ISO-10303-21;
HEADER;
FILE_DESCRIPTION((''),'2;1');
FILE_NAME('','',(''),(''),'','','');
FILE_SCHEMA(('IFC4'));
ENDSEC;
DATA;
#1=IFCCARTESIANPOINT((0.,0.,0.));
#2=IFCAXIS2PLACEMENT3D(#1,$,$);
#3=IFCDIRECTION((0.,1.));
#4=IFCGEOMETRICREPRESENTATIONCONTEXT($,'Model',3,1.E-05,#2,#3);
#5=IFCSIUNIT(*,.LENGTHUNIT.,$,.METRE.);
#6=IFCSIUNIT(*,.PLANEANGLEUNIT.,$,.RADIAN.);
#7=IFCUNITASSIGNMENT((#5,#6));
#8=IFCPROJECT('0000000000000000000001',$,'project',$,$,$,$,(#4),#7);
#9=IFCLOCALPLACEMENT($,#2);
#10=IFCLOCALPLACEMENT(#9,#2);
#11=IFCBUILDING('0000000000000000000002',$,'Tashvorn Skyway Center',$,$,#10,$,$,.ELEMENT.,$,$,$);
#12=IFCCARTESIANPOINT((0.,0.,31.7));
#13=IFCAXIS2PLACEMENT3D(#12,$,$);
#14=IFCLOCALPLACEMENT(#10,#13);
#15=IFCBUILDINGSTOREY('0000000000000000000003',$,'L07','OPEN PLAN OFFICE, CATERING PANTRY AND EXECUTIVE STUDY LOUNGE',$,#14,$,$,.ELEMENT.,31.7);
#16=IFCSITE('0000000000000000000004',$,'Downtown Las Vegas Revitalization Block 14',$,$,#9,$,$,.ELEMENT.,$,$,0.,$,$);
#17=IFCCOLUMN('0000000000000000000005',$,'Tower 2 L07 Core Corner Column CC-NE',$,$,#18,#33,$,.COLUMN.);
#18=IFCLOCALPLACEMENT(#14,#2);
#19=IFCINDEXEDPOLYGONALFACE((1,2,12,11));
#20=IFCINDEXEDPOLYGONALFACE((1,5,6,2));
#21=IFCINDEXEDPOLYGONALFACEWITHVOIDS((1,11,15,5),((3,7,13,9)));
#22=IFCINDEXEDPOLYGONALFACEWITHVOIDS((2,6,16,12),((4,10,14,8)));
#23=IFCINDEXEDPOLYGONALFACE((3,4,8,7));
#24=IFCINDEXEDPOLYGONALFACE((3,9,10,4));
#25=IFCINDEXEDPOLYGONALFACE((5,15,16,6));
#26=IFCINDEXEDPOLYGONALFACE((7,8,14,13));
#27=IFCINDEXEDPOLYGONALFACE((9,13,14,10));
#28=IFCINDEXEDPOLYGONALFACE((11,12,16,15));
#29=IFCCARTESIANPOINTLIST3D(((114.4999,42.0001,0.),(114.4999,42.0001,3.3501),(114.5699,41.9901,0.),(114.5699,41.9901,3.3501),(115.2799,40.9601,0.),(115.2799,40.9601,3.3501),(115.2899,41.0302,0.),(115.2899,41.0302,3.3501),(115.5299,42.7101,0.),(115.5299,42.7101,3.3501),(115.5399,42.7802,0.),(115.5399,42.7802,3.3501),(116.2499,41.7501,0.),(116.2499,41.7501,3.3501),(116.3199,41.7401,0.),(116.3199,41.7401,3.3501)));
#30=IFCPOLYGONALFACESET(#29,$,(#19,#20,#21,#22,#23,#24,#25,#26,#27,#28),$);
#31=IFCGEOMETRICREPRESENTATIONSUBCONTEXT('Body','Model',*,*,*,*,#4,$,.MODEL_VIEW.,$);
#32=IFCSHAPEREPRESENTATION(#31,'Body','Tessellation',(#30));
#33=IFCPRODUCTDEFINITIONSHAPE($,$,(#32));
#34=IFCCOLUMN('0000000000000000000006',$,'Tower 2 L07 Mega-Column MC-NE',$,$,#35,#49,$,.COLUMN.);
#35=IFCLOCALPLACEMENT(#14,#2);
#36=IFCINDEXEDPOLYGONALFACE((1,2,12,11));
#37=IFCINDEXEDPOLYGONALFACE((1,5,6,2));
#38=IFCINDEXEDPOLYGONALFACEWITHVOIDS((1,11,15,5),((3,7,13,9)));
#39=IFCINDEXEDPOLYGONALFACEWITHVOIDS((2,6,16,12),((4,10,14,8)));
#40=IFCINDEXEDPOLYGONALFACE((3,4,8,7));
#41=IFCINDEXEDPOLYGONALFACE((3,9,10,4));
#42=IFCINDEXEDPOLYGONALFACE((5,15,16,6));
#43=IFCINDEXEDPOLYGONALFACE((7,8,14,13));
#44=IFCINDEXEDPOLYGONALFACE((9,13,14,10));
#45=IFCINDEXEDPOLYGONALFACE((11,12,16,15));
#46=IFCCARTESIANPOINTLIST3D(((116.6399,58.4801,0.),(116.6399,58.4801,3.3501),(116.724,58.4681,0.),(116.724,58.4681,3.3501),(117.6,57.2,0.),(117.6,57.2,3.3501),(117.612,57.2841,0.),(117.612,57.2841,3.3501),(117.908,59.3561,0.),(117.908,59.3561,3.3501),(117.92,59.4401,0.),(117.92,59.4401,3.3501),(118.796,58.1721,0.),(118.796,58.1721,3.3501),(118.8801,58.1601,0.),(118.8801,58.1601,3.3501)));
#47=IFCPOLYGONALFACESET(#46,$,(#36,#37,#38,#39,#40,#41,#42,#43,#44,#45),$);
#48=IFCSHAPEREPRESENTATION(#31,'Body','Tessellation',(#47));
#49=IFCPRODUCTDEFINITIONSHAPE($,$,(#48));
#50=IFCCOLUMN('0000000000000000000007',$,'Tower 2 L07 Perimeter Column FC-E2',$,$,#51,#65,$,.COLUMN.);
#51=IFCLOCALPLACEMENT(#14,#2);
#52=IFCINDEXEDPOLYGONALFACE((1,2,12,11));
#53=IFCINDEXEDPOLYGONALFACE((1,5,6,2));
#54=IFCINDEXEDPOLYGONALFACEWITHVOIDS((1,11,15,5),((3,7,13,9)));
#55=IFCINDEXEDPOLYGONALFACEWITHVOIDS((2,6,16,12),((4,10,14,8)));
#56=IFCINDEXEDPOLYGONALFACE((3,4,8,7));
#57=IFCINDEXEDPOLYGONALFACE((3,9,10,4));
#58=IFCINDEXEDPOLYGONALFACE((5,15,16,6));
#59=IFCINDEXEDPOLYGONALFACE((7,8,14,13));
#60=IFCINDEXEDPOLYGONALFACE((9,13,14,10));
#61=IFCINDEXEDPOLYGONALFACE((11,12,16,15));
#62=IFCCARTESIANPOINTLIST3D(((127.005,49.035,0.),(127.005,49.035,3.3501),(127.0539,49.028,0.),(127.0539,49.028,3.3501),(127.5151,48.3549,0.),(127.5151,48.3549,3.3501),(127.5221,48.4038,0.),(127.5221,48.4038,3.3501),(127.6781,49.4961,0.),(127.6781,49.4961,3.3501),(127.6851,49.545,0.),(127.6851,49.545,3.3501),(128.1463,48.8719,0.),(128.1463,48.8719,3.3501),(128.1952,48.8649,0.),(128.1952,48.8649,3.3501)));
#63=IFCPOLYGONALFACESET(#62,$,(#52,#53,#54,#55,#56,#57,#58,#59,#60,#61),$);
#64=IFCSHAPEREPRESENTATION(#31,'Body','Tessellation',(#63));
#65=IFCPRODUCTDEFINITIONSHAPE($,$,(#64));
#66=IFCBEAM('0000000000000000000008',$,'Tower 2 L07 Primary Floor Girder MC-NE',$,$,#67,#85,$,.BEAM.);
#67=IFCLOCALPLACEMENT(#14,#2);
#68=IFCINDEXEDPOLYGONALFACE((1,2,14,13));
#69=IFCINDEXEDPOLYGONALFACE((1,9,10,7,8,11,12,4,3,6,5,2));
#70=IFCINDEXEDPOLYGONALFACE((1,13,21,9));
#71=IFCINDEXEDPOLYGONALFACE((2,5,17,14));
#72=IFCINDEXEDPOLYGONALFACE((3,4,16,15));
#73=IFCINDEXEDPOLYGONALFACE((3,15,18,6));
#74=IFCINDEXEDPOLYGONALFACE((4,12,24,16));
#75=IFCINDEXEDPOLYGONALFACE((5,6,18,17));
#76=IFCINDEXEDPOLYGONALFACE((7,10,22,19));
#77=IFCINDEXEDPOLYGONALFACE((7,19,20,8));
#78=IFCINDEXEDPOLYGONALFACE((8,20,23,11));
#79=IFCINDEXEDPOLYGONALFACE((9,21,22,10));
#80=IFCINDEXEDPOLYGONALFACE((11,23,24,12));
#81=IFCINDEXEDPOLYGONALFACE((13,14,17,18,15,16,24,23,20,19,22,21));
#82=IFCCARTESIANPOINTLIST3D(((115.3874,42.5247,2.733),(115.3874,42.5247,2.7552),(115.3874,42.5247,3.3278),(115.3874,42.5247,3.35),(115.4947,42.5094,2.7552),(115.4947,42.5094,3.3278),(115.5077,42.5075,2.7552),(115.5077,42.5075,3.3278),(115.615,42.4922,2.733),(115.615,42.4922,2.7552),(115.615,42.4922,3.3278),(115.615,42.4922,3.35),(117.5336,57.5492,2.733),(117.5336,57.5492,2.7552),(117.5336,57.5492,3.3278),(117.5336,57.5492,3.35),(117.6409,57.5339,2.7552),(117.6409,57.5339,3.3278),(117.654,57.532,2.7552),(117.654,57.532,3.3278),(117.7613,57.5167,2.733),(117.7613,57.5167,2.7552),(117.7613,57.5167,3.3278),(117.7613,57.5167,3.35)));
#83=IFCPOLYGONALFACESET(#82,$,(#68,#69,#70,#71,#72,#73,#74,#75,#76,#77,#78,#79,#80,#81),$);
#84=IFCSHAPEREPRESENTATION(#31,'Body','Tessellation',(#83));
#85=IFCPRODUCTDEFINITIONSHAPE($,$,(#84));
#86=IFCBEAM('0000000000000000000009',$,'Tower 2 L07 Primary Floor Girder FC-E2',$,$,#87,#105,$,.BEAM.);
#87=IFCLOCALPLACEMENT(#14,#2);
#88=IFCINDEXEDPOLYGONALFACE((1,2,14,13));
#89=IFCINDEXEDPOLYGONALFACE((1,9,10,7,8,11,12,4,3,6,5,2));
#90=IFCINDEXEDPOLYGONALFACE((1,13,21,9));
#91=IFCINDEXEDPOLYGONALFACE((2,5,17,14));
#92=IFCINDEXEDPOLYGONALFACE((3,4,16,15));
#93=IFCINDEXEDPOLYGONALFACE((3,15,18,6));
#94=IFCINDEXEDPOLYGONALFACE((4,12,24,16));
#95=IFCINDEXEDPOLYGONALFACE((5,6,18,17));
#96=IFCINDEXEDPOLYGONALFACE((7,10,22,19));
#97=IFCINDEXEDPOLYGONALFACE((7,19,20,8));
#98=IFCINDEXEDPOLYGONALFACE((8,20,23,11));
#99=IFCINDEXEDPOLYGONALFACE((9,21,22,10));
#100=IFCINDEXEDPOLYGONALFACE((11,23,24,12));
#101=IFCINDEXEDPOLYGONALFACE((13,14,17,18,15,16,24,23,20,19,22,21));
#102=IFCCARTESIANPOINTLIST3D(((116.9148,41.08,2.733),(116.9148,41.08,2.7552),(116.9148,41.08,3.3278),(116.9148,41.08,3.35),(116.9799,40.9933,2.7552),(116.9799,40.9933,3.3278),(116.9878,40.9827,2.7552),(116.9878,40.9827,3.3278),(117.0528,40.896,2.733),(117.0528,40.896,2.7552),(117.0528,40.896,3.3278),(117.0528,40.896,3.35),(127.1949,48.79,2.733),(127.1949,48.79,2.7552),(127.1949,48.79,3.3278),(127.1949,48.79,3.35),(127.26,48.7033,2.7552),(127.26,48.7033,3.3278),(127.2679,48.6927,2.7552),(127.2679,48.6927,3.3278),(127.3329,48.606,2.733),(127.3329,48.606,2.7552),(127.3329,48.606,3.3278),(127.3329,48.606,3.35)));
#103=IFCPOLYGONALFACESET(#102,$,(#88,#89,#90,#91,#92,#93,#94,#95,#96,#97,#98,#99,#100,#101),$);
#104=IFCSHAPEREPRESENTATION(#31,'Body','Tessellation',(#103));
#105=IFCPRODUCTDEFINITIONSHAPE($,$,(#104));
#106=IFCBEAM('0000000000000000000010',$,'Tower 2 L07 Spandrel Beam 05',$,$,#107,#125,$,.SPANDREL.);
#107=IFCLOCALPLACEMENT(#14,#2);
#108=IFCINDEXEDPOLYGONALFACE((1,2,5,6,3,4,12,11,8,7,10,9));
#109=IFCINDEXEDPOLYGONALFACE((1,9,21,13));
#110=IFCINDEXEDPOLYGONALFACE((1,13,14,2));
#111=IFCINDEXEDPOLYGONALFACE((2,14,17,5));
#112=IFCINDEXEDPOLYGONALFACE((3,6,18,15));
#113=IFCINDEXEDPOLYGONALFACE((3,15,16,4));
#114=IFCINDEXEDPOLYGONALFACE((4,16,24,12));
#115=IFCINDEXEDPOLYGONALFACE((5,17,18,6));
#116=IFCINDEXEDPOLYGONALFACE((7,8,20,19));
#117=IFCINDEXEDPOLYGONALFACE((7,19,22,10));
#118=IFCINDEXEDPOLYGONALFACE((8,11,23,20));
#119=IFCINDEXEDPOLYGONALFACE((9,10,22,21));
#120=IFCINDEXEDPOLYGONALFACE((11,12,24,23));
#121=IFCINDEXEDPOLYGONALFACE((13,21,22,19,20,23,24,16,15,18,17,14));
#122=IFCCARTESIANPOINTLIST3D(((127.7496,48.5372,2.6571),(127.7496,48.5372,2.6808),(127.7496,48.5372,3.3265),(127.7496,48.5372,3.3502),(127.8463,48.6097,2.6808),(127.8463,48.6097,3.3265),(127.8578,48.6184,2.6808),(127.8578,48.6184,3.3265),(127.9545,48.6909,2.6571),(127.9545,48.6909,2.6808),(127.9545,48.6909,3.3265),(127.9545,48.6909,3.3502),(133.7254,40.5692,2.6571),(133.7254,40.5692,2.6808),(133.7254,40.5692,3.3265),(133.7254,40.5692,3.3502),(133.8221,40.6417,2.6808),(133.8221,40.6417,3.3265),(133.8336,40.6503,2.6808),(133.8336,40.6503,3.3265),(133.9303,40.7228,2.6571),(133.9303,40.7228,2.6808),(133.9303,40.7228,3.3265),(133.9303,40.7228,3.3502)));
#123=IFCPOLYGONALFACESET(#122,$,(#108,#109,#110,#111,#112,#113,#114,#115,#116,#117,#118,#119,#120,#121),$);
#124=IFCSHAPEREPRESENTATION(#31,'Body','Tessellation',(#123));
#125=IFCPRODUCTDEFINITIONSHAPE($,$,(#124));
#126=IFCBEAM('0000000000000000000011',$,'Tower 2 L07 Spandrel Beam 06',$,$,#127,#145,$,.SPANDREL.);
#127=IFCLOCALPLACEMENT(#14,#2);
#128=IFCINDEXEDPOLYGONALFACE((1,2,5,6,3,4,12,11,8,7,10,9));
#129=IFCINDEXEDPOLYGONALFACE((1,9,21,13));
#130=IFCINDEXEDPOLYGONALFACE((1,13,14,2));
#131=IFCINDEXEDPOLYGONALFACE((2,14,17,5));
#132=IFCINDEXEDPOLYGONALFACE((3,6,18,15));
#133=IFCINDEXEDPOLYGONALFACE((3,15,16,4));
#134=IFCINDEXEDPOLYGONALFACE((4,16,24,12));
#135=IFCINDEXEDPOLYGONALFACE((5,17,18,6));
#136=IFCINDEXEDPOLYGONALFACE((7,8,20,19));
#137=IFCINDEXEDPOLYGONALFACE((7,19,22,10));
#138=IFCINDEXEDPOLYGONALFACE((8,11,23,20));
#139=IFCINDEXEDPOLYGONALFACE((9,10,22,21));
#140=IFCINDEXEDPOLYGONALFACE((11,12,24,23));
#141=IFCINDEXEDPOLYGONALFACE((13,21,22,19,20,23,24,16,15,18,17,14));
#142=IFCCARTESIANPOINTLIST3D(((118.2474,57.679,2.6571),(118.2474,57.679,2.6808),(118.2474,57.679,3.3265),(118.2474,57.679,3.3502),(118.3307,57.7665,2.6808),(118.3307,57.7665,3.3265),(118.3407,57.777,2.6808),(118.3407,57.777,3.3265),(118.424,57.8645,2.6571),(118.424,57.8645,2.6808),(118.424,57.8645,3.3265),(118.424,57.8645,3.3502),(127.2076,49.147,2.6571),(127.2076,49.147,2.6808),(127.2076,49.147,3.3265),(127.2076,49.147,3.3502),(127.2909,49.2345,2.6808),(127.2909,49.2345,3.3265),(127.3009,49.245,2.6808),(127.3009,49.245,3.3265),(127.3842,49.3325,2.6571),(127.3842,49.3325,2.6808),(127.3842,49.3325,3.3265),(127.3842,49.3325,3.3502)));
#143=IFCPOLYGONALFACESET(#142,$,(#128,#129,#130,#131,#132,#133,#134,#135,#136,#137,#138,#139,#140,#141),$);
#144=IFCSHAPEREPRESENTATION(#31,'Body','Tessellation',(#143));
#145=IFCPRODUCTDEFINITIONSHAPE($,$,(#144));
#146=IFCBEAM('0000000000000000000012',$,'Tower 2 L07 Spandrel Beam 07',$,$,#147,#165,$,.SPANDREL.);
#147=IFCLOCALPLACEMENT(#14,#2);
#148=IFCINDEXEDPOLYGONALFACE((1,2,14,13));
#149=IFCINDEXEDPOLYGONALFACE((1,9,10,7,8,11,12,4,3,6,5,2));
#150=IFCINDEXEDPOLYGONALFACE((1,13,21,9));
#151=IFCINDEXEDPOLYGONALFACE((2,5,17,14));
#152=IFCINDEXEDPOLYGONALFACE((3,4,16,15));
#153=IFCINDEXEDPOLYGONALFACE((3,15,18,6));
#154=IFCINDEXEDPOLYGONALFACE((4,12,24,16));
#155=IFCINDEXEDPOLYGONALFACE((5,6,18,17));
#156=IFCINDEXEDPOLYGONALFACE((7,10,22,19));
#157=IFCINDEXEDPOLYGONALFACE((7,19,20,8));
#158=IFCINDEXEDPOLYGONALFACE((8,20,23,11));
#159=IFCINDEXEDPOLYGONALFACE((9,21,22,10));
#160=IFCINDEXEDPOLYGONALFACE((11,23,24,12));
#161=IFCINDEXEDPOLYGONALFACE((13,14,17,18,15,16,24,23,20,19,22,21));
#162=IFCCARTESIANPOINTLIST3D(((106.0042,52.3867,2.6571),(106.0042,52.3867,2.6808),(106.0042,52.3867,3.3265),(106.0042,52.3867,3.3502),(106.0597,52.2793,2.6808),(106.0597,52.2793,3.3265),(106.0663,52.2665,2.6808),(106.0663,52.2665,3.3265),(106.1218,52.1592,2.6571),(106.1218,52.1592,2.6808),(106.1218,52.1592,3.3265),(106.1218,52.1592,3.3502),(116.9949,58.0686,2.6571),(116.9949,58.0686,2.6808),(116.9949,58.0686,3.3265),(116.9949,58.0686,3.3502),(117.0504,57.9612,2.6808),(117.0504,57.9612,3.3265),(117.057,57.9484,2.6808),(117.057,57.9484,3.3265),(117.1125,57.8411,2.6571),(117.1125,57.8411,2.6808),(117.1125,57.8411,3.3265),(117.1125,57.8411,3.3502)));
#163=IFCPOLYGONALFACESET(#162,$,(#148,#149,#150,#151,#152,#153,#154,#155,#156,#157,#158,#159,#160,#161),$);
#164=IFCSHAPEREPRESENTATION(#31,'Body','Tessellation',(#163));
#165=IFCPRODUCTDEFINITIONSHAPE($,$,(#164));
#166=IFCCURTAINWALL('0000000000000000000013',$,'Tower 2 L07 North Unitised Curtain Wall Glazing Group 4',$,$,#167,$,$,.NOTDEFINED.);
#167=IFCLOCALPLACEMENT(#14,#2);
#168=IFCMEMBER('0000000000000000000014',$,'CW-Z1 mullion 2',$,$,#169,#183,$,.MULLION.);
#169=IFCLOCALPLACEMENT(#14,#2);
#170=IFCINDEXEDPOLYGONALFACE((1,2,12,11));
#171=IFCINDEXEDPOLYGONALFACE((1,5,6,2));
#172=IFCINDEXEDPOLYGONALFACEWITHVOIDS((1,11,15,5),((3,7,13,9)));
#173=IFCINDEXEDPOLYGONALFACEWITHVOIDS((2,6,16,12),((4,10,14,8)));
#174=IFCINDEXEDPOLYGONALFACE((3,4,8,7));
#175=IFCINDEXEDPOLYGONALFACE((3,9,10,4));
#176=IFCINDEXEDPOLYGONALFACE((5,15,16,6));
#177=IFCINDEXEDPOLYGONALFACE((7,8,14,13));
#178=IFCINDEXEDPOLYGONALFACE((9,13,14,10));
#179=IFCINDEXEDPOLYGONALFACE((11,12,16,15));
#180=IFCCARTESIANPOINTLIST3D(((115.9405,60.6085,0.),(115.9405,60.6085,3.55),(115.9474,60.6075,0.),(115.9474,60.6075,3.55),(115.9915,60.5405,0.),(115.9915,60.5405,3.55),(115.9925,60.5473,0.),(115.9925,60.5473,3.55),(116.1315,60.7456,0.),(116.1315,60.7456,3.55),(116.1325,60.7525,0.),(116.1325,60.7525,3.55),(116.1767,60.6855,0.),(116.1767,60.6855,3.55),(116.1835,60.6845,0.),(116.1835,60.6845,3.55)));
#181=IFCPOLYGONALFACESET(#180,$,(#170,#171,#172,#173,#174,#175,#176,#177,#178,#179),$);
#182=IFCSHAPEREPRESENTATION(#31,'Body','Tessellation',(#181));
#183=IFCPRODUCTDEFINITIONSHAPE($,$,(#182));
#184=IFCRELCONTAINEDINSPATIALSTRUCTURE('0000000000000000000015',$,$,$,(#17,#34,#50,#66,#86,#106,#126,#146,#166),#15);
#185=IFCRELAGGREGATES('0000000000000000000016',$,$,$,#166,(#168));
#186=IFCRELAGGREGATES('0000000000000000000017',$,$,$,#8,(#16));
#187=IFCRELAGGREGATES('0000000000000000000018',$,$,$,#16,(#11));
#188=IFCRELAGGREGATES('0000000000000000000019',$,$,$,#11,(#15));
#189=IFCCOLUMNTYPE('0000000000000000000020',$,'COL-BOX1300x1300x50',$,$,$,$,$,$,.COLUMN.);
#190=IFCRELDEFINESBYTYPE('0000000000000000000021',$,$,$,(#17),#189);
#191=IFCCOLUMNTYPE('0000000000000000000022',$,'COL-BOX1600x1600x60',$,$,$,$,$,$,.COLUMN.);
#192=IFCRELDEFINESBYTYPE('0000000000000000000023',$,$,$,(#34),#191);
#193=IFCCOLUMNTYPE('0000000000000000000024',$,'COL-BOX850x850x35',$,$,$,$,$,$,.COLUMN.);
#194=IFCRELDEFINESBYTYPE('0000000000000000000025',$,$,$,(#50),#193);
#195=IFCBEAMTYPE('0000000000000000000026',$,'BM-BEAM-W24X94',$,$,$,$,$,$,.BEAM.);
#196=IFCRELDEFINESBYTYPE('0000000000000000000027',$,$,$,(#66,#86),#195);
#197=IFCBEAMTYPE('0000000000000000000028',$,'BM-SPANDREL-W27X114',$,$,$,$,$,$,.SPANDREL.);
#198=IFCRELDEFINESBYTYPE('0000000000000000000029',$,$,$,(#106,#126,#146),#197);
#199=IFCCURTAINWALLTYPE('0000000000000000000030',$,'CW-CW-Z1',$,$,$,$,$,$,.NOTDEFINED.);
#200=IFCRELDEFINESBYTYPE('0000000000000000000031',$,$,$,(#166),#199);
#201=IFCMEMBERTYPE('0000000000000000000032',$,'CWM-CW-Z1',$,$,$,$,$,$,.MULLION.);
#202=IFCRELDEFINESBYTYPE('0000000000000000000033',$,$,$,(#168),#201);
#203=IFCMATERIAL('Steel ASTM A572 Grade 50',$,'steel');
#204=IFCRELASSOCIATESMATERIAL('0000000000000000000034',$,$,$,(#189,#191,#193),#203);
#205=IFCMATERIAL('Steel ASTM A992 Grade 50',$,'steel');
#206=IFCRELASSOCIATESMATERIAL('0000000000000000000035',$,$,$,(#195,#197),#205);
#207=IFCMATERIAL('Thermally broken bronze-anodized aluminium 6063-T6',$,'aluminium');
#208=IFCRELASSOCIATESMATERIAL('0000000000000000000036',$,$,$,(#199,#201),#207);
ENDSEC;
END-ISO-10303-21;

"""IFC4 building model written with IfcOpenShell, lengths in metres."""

from ifc_helpers import new_model, si_unit, direction, frame, origin, origin_2d, place, context, subcontext, project, spatial, hollow_rectangle, i_section, extrude, material, material_profile, profile_set, type_object, element, aggregate, save


model = new_model("IFC4")

# Units and contexts
model_context = context("Model", 3, precision=1e-05, world=origin(), true_north=direction((0.0, 1.0)))
body_context = subcontext(model_context, "Body", "Model", "MODEL_VIEW")
ifc_project = project(units=[si_unit("LENGTHUNIT", "METRE"), si_unit("PLANEANGLEUNIT", "RADIAN")], contexts=[model_context])

# Site, building, storey
site_placement = place(None, origin())
site = spatial("IfcSite", under=ifc_project, at=site_placement, Name="Downtown Las Vegas Revitalization Block 14", CompositionType="ELEMENT", RefElevation=0.0)
building_placement = place(site_placement, origin())
building = spatial("IfcBuilding", under=site, at=building_placement, Name="Tashvorn Skyway Center", CompositionType="ELEMENT")
storey_placement = place(building_placement, frame((0.0, 0.0, 31.7)))
storey = spatial("IfcBuildingStorey", under=building, at=storey_placement, Name="L07", Description="OPEN PLAN OFFICE, CATERING PANTRY AND EXECUTIVE STUDY LOUNGE", CompositionType="ELEMENT", Elevation=31.7)

# Columns
ifc_material_1 = material(Name="Steel ASTM A572 Grade 50", Category="steel")
ifc_material_profile_1 = material_profile(ifc_material_1, hollow_rectangle(XDim=1.3, YDim=1.3, WallThickness=0.05, at=origin_2d()), Name="BOX1300x1300x50")
ifc_profile_set_1 = profile_set([ifc_material_profile_1], Name="Steel ASTM A572 Grade 50")
column_type_1 = type_object("IfcColumnType", Name="COL-BOX1300x1300x50", PredefinedType="COLUMN", material=ifc_profile_set_1)
column_1_placement = place(storey_placement, frame((115.4099, 41.8701, 0.0), z_axis=(0.0, 0.0, 1.0), x_axis=(0.8, 0.6, 0.0)))
element("IfcColumn", 1, at=column_1_placement, inside=storey, type_object=column_type_1, Name="Tower 2 L07 Core Corner Column CC-NE", PredefinedType="COLUMN", context=body_context, shape_type="SweptSolid", body=[
    extrude(hollow_rectangle(XDim=1.3, YDim=1.3, WallThickness=0.05, at=origin_2d()), origin(), (0.0, 0.0, 1.0), 3.3501),
])
ifc_material_profile_2 = material_profile(ifc_material_1, hollow_rectangle(XDim=1.6001, YDim=1.6001, WallThickness=0.0601, at=origin_2d()), Name="BOX1600x1600x60")
ifc_profile_set_2 = profile_set([ifc_material_profile_2], Name="Steel ASTM A572 Grade 50")
column_type_2 = type_object("IfcColumnType", Name="COL-BOX1600x1600x60", PredefinedType="COLUMN", material=ifc_profile_set_2)
column_2_placement = place(storey_placement, frame((117.76, 58.3201, 0.0), z_axis=(0.0, 0.0, 1.0), x_axis=(0.8, 0.6, 0.0)))
element("IfcColumn", 2, at=column_2_placement, inside=storey, type_object=column_type_2, Name="Tower 2 L07 Mega-Column MC-NE", PredefinedType="COLUMN", context=body_context, shape_type="SweptSolid", body=[
    extrude(hollow_rectangle(XDim=1.6001, YDim=1.6001, WallThickness=0.0601, at=origin_2d()), origin(), (0.0, 0.0, 1.0), 3.3501),
])
ifc_material_profile_3 = material_profile(ifc_material_1, hollow_rectangle(XDim=0.8501, YDim=0.8501, WallThickness=0.0349, at=origin_2d()), Name="BOX850x850x35")
ifc_profile_set_3 = profile_set([ifc_material_profile_3], Name="Steel ASTM A572 Grade 50")
column_type_3 = type_object("IfcColumnType", Name="COL-BOX850x850x35", PredefinedType="COLUMN", material=ifc_profile_set_3)
column_3_placement = place(storey_placement, frame((127.6001, 48.95, 0.0), z_axis=(0.0, 0.0, 1.0), x_axis=(0.8, 0.6, 0.0)))
element("IfcColumn", 3, at=column_3_placement, inside=storey, type_object=column_type_3, Name="Tower 2 L07 Perimeter Column FC-E2", PredefinedType="COLUMN", context=body_context, shape_type="SweptSolid", body=[
    extrude(hollow_rectangle(XDim=0.8501, YDim=0.8501, WallThickness=0.0349, at=origin_2d()), origin(), (0.0, 0.0, 1.0), 3.3501),
])

# Beams
ifc_material_2 = material(Name="Steel ASTM A992 Grade 50", Category="steel")
ifc_material_profile_4 = material_profile(ifc_material_2, i_section(OverallWidth=0.23, OverallDepth=0.6169, WebThickness=0.0132, FlangeThickness=0.0222, at=origin_2d()), Name="W24X94")
ifc_profile_set_4 = profile_set([ifc_material_profile_4], Name="Steel ASTM A992 Grade 50")
beam_type_1 = type_object("IfcBeamType", Name="BM-BEAM-W24X94", PredefinedType="BEAM", material=ifc_profile_set_4)
beam_1_placement = place(storey_placement, frame((117.6475, 57.533, 3.0415), z_axis=(-0.141415, -0.98995, 0.0), x_axis=(0.98995, -0.141415, 0.0)))
element("IfcBeam", 4, at=beam_1_placement, inside=storey, type_object=beam_type_1, Name="Tower 2 L07 Primary Floor Girder MC-NE", PredefinedType="BEAM", context=body_context, shape_type="SweptSolid", body=[
    extrude(i_section(OverallWidth=0.23, OverallDepth=0.6169, WebThickness=0.0132, FlangeThickness=0.0222, at=origin_2d()), origin(), (0.0, 0.0, 1.0), 15.177),
])
beam_2_placement = place(storey_placement, frame((127.2639, 48.698, 3.0415), z_axis=(-0.800002, -0.599997, 0.0), x_axis=(0.599997, -0.800002, 0.0)))
element("IfcBeam", 5, at=beam_2_placement, inside=storey, type_object=beam_type_1, Name="Tower 2 L07 Primary Floor Girder FC-E2", PredefinedType="BEAM", context=body_context, shape_type="SweptSolid", body=[
    extrude(i_section(OverallWidth=0.23, OverallDepth=0.6169, WebThickness=0.0132, FlangeThickness=0.0222, at=origin_2d()), origin(), (0.0, 0.0, 1.0), 12.8501),
])
ifc_material_profile_5 = material_profile(ifc_material_2, i_section(OverallWidth=0.2561, OverallDepth=0.6931, WebThickness=0.0144, FlangeThickness=0.0237, at=origin_2d()), Name="W27X114")
ifc_profile_set_5 = profile_set([ifc_material_profile_5], Name="Steel ASTM A992 Grade 50")
beam_type_2 = type_object("IfcBeamType", Name="BM-SPANDREL-W27X114", PredefinedType="SPANDREL", material=ifc_profile_set_5)
beam_3_placement = place(storey_placement, frame((133.8279, 40.646, 3.0037), z_axis=(-0.599988, 0.800009, 0.0), x_axis=(-0.800009, -0.599988, 0.0)))
element("IfcBeam", 6, at=beam_3_placement, inside=storey, type_object=beam_type_2, Name="Tower 2 L07 Spandrel Beam 05", PredefinedType="SPANDREL", context=body_context, shape_type="SweptSolid", body=[
    extrude(i_section(OverallWidth=0.2561, OverallDepth=0.6931, WebThickness=0.0144, FlangeThickness=0.0237, at=origin_2d()), origin(), (0.0, 0.0, 1.0), 9.96),
])
for number, where, z_axis, x_axis, name in (
    (7, (127.2959, 49.2397, 3.0037), (-0.7242, 0.68959, 0.0), (-0.68959, -0.7242, 0.0), "Tower 2 L07 Spandrel Beam 06"),
    (8, (117.0537, 57.9548, 3.0037), (-0.888316, -0.459233, 0.0), (0.459233, -0.888316, 0.0), "Tower 2 L07 Spandrel Beam 07"),
):
    element("IfcBeam", number, at=place(storey_placement, frame(where, z_axis=z_axis, x_axis=x_axis)), inside=storey, type_object=beam_type_2, Name=name, PredefinedType="SPANDREL", context=body_context, shape_type="SweptSolid", body=[
        extrude(i_section(OverallWidth=0.2561, OverallDepth=0.6931, WebThickness=0.0144, FlangeThickness=0.0237, at=origin_2d()), origin(), (0.0, 0.0, 1.0), 12.3726),
    ])

# Curtain wall, member
ifc_material_3 = material(Name="Thermally broken bronze-anodized aluminium 6063-T6", Category="aluminium")
curtain_wall_type = type_object("IfcCurtainWallType", Name="CW-CW-Z1", PredefinedType="NOTDEFINED", material=ifc_material_3)
curtain_wall_1_placement = place(storey_placement, origin())
curtain_wall_1 = element("IfcCurtainWall", 9, at=curtain_wall_1_placement, inside=storey, type_object=curtain_wall_type, Name="Tower 2 L07 North Unitised Curtain Wall Glazing Group 4", PredefinedType="NOTDEFINED")
ifc_material_profile_6 = material_profile(ifc_material_3, hollow_rectangle(XDim=0.085, YDim=0.24, WallThickness=0.0049, at=origin_2d()), Name="ALU-MULL-85x240")
ifc_profile_set_6 = profile_set([ifc_material_profile_6], Name="Thermally broken bronze-anodized aluminium 6063-T6")
member_type_1 = type_object("IfcMemberType", Name="CWM-CW-Z1", PredefinedType="MULLION", material=ifc_profile_set_6)
member_1_placement = place(storey_placement, frame((116.062, 60.6465, 0.0), z_axis=(0.0, 0.0, 1.0), x_axis=(-0.6, 0.8, 0.0)))
member_1 = element("IfcMember", 10, at=member_1_placement, type_object=member_type_1, Name="CW-Z1 mullion 2", PredefinedType="MULLION", context=body_context, shape_type="SweptSolid", body=[
    extrude(hollow_rectangle(XDim=0.085, YDim=0.24, WallThickness=0.0049, at=origin_2d()), origin(), (0.0, 0.0, 1.0), 3.55),
])
aggregate(curtain_wall_1, [member_1])

save(model, "model.ifc")
